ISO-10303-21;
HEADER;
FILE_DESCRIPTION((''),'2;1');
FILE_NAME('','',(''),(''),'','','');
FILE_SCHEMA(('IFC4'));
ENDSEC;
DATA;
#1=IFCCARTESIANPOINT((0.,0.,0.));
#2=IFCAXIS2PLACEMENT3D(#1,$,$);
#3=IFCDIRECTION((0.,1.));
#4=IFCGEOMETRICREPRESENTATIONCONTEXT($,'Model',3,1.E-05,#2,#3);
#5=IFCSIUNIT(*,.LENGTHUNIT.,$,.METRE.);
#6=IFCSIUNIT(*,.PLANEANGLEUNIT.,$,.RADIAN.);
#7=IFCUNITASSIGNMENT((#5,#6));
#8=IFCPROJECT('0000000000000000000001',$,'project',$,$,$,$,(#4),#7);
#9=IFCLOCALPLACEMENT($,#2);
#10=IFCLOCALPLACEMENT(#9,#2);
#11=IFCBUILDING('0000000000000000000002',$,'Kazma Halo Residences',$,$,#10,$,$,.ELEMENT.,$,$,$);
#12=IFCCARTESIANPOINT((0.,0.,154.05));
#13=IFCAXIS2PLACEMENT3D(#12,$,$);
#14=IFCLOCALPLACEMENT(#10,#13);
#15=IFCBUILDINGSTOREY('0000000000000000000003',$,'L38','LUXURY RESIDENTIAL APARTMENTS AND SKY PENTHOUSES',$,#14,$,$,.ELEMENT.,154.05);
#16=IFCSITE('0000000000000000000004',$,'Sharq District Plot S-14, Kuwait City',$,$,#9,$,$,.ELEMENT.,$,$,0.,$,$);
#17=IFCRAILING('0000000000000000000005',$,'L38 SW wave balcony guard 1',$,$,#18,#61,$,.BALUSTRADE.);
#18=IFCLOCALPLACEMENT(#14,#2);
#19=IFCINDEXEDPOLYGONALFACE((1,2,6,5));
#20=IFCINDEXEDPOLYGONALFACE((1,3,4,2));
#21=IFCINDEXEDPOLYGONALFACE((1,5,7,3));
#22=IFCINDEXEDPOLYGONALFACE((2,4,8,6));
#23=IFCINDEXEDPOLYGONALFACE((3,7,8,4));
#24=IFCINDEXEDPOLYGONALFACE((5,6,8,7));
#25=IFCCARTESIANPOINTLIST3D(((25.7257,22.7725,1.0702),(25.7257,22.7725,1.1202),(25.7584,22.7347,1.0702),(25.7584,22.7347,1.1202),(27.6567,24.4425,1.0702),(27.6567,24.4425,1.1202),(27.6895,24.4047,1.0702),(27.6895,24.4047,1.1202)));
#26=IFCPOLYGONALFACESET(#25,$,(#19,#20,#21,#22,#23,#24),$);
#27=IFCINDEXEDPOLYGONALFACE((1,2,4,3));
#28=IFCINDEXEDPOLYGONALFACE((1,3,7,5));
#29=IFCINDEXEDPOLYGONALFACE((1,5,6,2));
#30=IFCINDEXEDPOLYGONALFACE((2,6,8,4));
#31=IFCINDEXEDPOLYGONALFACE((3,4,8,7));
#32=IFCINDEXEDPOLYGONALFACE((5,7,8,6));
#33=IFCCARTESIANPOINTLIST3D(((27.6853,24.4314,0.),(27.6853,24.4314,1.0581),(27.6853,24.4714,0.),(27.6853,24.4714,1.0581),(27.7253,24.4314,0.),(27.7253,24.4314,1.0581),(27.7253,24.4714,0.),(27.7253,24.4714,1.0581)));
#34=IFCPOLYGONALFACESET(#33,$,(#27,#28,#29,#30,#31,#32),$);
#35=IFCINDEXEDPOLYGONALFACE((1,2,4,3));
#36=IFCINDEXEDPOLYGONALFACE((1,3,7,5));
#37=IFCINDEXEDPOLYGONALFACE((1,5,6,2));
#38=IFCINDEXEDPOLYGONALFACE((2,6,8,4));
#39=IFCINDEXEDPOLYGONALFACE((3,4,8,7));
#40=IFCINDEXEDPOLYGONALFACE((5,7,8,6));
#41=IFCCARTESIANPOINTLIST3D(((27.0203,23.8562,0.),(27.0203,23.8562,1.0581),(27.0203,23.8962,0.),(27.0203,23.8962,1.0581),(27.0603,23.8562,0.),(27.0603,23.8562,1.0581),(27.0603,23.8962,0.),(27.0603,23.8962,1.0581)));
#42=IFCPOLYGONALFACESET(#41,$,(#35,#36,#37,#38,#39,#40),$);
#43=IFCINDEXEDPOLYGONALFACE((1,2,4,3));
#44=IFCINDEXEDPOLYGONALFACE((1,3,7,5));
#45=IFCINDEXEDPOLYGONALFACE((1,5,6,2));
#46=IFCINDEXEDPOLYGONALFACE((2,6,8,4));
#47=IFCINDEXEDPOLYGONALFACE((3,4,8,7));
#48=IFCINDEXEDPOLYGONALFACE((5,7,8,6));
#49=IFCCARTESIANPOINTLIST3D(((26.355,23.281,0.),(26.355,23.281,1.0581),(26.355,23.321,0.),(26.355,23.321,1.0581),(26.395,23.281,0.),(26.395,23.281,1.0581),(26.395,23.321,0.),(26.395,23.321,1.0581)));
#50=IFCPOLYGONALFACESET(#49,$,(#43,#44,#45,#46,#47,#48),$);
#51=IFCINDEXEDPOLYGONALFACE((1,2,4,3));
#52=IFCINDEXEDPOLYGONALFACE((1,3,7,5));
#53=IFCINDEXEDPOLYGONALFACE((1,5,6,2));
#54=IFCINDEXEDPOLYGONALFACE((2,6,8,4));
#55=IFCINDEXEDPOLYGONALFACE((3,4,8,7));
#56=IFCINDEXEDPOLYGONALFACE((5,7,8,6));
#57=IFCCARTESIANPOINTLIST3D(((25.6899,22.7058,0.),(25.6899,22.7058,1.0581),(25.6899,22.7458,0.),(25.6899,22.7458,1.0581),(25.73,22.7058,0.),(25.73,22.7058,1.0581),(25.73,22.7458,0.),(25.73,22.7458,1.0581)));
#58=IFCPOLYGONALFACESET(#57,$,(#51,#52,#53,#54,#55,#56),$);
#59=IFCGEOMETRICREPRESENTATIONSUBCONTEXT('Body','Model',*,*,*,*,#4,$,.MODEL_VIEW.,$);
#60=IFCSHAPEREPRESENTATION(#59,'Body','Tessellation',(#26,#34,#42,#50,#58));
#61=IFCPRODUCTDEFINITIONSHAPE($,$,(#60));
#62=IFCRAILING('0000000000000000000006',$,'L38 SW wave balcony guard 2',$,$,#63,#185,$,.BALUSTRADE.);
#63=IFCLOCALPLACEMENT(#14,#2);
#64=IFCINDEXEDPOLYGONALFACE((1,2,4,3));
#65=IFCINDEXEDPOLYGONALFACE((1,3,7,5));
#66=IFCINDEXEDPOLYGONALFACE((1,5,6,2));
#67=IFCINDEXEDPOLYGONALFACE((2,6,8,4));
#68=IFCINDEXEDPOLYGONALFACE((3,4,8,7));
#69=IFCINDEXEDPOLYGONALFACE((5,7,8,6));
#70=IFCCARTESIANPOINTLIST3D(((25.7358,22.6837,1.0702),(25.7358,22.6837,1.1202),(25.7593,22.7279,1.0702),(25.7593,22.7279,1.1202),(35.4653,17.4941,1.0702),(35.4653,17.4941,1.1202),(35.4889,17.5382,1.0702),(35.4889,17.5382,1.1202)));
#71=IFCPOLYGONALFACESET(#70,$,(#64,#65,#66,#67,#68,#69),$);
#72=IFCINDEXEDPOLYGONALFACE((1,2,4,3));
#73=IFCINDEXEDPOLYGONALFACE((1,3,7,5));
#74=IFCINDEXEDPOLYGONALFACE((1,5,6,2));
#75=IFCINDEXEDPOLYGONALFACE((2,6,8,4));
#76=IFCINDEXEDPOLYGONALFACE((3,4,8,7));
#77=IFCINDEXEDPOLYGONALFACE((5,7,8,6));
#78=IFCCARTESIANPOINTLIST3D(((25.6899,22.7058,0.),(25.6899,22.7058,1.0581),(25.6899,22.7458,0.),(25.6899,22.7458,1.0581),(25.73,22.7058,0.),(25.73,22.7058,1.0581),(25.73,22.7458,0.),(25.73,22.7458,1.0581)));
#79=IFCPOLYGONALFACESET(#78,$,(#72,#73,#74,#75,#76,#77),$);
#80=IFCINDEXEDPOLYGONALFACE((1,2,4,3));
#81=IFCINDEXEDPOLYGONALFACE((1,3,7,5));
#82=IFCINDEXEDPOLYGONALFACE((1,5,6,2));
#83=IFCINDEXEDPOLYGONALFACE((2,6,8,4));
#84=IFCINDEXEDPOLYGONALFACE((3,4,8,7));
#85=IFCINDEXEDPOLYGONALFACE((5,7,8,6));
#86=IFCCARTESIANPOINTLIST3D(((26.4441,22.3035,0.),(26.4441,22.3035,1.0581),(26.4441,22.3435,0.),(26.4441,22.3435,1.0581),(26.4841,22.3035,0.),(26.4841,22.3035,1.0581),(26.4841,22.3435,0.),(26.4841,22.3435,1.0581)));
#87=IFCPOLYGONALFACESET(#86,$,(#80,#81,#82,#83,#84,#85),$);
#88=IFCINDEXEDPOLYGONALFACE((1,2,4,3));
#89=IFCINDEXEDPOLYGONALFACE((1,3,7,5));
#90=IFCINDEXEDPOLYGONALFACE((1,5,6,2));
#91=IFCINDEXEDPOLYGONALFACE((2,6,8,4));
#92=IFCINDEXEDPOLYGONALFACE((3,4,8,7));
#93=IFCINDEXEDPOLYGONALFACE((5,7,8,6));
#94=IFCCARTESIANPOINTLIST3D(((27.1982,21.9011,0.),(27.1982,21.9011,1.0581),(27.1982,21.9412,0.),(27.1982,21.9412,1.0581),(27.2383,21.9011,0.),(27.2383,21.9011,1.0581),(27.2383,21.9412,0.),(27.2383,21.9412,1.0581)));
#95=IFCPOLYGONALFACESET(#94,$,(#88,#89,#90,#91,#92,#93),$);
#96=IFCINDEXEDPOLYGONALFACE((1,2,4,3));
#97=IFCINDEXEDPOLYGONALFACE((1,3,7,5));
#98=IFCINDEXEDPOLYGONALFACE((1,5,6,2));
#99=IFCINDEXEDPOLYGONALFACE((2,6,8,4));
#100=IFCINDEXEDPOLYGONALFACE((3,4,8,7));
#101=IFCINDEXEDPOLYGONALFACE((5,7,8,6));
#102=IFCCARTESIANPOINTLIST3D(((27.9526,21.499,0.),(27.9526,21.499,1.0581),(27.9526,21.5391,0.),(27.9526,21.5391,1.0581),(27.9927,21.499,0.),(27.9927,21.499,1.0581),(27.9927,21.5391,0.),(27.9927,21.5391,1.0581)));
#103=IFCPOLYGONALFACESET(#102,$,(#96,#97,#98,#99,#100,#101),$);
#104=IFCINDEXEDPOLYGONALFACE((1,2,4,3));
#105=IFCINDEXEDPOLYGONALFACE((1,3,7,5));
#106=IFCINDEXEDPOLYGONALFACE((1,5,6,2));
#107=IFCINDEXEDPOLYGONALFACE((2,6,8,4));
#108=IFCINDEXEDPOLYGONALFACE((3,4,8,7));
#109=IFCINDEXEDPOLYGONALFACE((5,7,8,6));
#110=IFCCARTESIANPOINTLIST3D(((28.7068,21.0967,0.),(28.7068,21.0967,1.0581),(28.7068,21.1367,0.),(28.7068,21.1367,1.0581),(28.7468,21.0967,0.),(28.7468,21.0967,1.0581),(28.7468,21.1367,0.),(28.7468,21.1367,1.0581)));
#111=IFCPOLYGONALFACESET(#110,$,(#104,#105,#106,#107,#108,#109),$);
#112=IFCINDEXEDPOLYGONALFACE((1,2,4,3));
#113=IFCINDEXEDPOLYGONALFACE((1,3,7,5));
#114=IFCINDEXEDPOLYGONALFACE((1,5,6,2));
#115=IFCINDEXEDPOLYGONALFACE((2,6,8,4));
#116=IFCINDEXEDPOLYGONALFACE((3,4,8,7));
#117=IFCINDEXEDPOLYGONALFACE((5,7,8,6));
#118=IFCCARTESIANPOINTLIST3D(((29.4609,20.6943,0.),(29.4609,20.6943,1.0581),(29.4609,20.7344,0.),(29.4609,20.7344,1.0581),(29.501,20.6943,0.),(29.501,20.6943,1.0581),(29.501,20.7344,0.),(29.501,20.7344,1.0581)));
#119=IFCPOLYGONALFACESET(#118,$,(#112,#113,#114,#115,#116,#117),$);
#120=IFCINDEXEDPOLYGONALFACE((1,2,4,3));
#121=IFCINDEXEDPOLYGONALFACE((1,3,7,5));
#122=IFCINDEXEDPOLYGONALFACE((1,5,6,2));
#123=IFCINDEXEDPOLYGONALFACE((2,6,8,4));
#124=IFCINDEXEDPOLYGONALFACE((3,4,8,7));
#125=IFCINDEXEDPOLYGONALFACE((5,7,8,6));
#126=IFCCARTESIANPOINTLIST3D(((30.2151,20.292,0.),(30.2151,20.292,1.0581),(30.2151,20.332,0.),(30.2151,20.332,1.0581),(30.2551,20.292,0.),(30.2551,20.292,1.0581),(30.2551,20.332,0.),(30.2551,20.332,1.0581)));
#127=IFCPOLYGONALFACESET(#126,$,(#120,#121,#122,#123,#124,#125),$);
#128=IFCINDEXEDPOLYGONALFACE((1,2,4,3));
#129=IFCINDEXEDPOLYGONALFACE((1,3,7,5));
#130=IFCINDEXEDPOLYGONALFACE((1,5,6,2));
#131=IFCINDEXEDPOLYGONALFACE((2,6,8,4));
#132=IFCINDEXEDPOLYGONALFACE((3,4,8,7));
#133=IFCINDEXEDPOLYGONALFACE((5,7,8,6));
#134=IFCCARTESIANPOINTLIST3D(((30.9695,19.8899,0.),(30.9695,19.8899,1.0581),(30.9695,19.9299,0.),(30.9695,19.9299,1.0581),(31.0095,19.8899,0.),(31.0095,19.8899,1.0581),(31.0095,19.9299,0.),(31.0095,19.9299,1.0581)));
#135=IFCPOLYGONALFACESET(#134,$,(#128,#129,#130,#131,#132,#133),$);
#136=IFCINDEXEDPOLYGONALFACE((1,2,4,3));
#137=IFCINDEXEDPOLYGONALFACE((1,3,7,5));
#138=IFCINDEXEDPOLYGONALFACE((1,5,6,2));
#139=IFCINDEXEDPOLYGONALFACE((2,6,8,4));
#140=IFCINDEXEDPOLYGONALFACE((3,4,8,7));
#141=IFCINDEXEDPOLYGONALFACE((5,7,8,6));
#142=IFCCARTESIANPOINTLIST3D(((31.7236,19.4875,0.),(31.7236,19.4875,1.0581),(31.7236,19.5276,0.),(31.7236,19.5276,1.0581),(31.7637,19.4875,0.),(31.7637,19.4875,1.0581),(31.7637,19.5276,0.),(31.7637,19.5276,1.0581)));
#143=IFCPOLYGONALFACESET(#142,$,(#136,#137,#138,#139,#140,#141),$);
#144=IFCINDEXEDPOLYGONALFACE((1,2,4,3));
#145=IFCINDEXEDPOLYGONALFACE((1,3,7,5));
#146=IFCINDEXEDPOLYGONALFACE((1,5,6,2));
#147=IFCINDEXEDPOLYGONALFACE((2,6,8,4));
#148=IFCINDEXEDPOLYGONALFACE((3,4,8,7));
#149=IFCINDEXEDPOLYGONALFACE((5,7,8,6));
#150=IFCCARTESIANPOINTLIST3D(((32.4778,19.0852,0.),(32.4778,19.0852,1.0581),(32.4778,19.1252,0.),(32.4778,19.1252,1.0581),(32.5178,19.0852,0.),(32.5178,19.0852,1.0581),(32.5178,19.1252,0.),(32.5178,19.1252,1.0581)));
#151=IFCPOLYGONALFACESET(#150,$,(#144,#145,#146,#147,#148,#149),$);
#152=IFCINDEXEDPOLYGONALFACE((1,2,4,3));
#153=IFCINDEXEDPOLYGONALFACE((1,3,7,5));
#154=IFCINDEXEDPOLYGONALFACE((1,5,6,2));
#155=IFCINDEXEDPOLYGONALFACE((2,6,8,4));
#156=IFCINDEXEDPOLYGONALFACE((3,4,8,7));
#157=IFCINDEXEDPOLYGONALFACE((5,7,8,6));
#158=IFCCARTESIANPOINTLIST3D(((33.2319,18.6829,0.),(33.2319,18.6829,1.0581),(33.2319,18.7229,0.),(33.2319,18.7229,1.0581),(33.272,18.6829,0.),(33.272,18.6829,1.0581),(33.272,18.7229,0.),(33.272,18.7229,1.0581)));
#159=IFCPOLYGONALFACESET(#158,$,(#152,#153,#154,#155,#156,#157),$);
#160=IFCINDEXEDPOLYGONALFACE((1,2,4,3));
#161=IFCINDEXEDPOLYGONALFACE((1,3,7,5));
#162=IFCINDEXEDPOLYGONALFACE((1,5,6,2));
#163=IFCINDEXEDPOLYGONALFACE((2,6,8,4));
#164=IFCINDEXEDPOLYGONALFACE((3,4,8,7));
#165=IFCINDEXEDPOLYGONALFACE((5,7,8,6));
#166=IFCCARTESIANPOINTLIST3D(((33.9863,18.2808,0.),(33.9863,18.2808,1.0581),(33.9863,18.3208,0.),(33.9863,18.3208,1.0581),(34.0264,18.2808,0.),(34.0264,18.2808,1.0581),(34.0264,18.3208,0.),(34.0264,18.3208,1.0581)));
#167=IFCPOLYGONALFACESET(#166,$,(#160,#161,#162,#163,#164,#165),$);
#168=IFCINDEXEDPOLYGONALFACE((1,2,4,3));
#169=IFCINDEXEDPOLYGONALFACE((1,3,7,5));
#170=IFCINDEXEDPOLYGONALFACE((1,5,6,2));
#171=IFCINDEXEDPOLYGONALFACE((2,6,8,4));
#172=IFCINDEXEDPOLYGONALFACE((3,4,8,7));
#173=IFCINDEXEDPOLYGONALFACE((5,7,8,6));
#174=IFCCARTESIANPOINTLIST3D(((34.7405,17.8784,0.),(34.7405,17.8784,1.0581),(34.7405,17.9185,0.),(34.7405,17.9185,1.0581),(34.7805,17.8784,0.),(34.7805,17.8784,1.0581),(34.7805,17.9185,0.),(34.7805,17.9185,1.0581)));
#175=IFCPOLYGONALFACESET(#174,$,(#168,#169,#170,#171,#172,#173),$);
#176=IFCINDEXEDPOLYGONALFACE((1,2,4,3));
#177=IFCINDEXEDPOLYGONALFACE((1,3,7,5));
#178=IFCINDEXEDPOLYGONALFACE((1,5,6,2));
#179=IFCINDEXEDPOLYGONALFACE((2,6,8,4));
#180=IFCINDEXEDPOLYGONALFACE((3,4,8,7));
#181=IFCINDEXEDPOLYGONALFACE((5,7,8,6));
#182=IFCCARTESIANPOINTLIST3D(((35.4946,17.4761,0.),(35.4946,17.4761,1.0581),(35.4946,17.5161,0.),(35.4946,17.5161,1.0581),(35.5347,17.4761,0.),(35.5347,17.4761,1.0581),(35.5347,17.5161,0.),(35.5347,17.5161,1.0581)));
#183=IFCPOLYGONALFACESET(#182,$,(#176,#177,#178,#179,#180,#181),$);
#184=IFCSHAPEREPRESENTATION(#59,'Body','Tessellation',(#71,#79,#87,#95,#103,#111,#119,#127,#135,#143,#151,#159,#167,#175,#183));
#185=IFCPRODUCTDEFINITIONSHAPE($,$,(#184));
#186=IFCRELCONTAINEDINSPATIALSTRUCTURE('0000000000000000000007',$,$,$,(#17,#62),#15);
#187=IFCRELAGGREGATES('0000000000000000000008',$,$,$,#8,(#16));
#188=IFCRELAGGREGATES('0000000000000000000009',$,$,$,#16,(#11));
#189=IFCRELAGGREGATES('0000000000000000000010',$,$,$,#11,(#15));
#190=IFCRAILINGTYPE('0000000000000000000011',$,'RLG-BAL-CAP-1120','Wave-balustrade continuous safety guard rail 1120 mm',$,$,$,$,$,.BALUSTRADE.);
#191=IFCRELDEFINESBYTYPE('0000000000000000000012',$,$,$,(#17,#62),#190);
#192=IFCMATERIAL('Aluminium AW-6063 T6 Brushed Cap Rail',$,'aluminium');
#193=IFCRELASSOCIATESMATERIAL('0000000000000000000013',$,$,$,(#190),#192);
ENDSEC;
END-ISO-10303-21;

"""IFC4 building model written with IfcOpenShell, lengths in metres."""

from ifc_helpers import new_model, si_unit, direction, frame, origin, origin_2d, place, context, subcontext, project, spatial, rectangle, extrude, material, type_object, element, save


model = new_model("IFC4")

# Units and contexts
model_context = context("Model", 3, precision=1e-05, world=origin(), true_north=direction((0.0, 1.0)))
body_context = subcontext(model_context, "Body", "Model", "MODEL_VIEW")
ifc_project = project(units=[si_unit("LENGTHUNIT", "METRE"), si_unit("PLANEANGLEUNIT", "RADIAN")], contexts=[model_context])

# Site, building, storey
site_placement = place(None, origin())
site = spatial("IfcSite", under=ifc_project, at=site_placement, Name="Sharq District Plot S-14, Kuwait City", CompositionType="ELEMENT", RefElevation=0.0)
building_placement = place(site_placement, origin())
building = spatial("IfcBuilding", under=site, at=building_placement, Name="Kazma Halo Residences", CompositionType="ELEMENT")
storey_placement = place(building_placement, frame((0.0, 0.0, 154.05)))
storey = spatial("IfcBuildingStorey", under=building, at=storey_placement, Name="L38", Description="LUXURY RESIDENTIAL APARTMENTS AND SKY PENTHOUSES", CompositionType="ELEMENT", Elevation=154.05)

# Railings
ifc_material_1 = material(Name="Aluminium AW-6063 T6 Brushed Cap Rail", Category="aluminium")
railing_type = type_object("IfcRailingType", Name="RLG-BAL-CAP-1120", Description="Wave-balustrade continuous safety guard rail 1120 mm", PredefinedType="BALUSTRADE", material=ifc_material_1)
railing_1_placement = place(storey_placement, frame((27.7053, 24.4514, 0.0)))
element("IfcRailing", 1, at=railing_1_placement, inside=storey, type_object=railing_type, Name="L38 SW wave balcony guard 1", PredefinedType="BALUSTRADE", context=body_context, shape_type="SweptSolid", body=[
    extrude(rectangle(XDim=0.05, YDim=0.05, at=origin_2d()), frame((-0.0322, -0.0278, 1.0952), z_axis=(-0.756388, -0.654123, 0.0), x_axis=(0.654123, -0.756388, 0.0)), (0.0, 0.0, 1.0), 2.553),
    extrude(rectangle(XDim=0.04, YDim=0.04, at=origin_2d()), origin(), (0.0, 0.0, 1.0), 1.0581),
    extrude(rectangle(XDim=0.04, YDim=0.04, at=origin_2d()), frame((-0.665, -0.5752, 0.0)), (0.0, 0.0, 1.0), 1.0581),
    extrude(rectangle(XDim=0.04, YDim=0.04, at=origin_2d()), frame((-1.3303, -1.1504, 0.0)), (0.0, 0.0, 1.0), 1.0581),
    extrude(rectangle(XDim=0.04, YDim=0.04, at=origin_2d()), frame((-1.9954, -1.7256, 0.0)), (0.0, 0.0, 1.0), 1.0581),
])
railing_2_placement = place(storey_placement, frame((25.71, 22.7258, 0.0)))
element("IfcRailing", 2, at=railing_2_placement, inside=storey, type_object=railing_type, Name="L38 SW wave balcony guard 2", PredefinedType="BALUSTRADE", context=body_context, shape_type="SweptSolid", body=[
    extrude(rectangle(XDim=0.05, YDim=0.05, at=origin_2d()), frame((0.0376, -0.02, 1.0952), z_axis=(0.882332, -0.470628, 0.0), x_axis=(0.470628, 0.882332, 0.0)), (0.0, 0.0, 1.0), 11.0271),
    extrude(rectangle(XDim=0.04, YDim=0.04, at=origin_2d()), origin(), (0.0, 0.0, 1.0), 1.0581),
    extrude(rectangle(XDim=0.04, YDim=0.04, at=origin_2d()), frame((0.7542, -0.4023, 0.0)), (0.0, 0.0, 1.0), 1.0581),
    extrude(rectangle(XDim=0.04, YDim=0.04, at=origin_2d()), frame((1.5083, -0.8047, 0.0)), (0.0, 0.0, 1.0), 1.0581),
    extrude(rectangle(XDim=0.04, YDim=0.04, at=origin_2d()), frame((2.2627, -1.2068, 0.0)), (0.0, 0.0, 1.0), 1.0581),
    extrude(rectangle(XDim=0.04, YDim=0.04, at=origin_2d()), frame((3.0168, -1.6091, 0.0)), (0.0, 0.0, 1.0), 1.0581),
    extrude(rectangle(XDim=0.04, YDim=0.04, at=origin_2d()), frame((3.771, -2.0115, 0.0)), (0.0, 0.0, 1.0), 1.0581),
    extrude(rectangle(XDim=0.04, YDim=0.04, at=origin_2d()), frame((4.5251, -2.4138, 0.0)), (0.0, 0.0, 1.0), 1.0581),
    extrude(rectangle(XDim=0.04, YDim=0.04, at=origin_2d()), frame((5.2795, -2.8159, 0.0)), (0.0, 0.0, 1.0), 1.0581),
    extrude(rectangle(XDim=0.04, YDim=0.04, at=origin_2d()), frame((6.0337, -3.2183, 0.0)), (0.0, 0.0, 1.0), 1.0581),
    extrude(rectangle(XDim=0.04, YDim=0.04, at=origin_2d()), frame((6.7878, -3.6206, 0.0)), (0.0, 0.0, 1.0), 1.0581),
    extrude(rectangle(XDim=0.04, YDim=0.04, at=origin_2d()), frame((7.542, -4.0229, 0.0)), (0.0, 0.0, 1.0), 1.0581),
    extrude(rectangle(XDim=0.04, YDim=0.04, at=origin_2d()), frame((8.2964, -4.425, 0.0)), (0.0, 0.0, 1.0), 1.0581),
    extrude(rectangle(XDim=0.04, YDim=0.04, at=origin_2d()), frame((9.0505, -4.8274, 0.0)), (0.0, 0.0, 1.0), 1.0581),
    extrude(rectangle(XDim=0.04, YDim=0.04, at=origin_2d()), frame((9.8047, -5.2297, 0.0)), (0.0, 0.0, 1.0), 1.0581),
])

save(model, "model.ifc")
